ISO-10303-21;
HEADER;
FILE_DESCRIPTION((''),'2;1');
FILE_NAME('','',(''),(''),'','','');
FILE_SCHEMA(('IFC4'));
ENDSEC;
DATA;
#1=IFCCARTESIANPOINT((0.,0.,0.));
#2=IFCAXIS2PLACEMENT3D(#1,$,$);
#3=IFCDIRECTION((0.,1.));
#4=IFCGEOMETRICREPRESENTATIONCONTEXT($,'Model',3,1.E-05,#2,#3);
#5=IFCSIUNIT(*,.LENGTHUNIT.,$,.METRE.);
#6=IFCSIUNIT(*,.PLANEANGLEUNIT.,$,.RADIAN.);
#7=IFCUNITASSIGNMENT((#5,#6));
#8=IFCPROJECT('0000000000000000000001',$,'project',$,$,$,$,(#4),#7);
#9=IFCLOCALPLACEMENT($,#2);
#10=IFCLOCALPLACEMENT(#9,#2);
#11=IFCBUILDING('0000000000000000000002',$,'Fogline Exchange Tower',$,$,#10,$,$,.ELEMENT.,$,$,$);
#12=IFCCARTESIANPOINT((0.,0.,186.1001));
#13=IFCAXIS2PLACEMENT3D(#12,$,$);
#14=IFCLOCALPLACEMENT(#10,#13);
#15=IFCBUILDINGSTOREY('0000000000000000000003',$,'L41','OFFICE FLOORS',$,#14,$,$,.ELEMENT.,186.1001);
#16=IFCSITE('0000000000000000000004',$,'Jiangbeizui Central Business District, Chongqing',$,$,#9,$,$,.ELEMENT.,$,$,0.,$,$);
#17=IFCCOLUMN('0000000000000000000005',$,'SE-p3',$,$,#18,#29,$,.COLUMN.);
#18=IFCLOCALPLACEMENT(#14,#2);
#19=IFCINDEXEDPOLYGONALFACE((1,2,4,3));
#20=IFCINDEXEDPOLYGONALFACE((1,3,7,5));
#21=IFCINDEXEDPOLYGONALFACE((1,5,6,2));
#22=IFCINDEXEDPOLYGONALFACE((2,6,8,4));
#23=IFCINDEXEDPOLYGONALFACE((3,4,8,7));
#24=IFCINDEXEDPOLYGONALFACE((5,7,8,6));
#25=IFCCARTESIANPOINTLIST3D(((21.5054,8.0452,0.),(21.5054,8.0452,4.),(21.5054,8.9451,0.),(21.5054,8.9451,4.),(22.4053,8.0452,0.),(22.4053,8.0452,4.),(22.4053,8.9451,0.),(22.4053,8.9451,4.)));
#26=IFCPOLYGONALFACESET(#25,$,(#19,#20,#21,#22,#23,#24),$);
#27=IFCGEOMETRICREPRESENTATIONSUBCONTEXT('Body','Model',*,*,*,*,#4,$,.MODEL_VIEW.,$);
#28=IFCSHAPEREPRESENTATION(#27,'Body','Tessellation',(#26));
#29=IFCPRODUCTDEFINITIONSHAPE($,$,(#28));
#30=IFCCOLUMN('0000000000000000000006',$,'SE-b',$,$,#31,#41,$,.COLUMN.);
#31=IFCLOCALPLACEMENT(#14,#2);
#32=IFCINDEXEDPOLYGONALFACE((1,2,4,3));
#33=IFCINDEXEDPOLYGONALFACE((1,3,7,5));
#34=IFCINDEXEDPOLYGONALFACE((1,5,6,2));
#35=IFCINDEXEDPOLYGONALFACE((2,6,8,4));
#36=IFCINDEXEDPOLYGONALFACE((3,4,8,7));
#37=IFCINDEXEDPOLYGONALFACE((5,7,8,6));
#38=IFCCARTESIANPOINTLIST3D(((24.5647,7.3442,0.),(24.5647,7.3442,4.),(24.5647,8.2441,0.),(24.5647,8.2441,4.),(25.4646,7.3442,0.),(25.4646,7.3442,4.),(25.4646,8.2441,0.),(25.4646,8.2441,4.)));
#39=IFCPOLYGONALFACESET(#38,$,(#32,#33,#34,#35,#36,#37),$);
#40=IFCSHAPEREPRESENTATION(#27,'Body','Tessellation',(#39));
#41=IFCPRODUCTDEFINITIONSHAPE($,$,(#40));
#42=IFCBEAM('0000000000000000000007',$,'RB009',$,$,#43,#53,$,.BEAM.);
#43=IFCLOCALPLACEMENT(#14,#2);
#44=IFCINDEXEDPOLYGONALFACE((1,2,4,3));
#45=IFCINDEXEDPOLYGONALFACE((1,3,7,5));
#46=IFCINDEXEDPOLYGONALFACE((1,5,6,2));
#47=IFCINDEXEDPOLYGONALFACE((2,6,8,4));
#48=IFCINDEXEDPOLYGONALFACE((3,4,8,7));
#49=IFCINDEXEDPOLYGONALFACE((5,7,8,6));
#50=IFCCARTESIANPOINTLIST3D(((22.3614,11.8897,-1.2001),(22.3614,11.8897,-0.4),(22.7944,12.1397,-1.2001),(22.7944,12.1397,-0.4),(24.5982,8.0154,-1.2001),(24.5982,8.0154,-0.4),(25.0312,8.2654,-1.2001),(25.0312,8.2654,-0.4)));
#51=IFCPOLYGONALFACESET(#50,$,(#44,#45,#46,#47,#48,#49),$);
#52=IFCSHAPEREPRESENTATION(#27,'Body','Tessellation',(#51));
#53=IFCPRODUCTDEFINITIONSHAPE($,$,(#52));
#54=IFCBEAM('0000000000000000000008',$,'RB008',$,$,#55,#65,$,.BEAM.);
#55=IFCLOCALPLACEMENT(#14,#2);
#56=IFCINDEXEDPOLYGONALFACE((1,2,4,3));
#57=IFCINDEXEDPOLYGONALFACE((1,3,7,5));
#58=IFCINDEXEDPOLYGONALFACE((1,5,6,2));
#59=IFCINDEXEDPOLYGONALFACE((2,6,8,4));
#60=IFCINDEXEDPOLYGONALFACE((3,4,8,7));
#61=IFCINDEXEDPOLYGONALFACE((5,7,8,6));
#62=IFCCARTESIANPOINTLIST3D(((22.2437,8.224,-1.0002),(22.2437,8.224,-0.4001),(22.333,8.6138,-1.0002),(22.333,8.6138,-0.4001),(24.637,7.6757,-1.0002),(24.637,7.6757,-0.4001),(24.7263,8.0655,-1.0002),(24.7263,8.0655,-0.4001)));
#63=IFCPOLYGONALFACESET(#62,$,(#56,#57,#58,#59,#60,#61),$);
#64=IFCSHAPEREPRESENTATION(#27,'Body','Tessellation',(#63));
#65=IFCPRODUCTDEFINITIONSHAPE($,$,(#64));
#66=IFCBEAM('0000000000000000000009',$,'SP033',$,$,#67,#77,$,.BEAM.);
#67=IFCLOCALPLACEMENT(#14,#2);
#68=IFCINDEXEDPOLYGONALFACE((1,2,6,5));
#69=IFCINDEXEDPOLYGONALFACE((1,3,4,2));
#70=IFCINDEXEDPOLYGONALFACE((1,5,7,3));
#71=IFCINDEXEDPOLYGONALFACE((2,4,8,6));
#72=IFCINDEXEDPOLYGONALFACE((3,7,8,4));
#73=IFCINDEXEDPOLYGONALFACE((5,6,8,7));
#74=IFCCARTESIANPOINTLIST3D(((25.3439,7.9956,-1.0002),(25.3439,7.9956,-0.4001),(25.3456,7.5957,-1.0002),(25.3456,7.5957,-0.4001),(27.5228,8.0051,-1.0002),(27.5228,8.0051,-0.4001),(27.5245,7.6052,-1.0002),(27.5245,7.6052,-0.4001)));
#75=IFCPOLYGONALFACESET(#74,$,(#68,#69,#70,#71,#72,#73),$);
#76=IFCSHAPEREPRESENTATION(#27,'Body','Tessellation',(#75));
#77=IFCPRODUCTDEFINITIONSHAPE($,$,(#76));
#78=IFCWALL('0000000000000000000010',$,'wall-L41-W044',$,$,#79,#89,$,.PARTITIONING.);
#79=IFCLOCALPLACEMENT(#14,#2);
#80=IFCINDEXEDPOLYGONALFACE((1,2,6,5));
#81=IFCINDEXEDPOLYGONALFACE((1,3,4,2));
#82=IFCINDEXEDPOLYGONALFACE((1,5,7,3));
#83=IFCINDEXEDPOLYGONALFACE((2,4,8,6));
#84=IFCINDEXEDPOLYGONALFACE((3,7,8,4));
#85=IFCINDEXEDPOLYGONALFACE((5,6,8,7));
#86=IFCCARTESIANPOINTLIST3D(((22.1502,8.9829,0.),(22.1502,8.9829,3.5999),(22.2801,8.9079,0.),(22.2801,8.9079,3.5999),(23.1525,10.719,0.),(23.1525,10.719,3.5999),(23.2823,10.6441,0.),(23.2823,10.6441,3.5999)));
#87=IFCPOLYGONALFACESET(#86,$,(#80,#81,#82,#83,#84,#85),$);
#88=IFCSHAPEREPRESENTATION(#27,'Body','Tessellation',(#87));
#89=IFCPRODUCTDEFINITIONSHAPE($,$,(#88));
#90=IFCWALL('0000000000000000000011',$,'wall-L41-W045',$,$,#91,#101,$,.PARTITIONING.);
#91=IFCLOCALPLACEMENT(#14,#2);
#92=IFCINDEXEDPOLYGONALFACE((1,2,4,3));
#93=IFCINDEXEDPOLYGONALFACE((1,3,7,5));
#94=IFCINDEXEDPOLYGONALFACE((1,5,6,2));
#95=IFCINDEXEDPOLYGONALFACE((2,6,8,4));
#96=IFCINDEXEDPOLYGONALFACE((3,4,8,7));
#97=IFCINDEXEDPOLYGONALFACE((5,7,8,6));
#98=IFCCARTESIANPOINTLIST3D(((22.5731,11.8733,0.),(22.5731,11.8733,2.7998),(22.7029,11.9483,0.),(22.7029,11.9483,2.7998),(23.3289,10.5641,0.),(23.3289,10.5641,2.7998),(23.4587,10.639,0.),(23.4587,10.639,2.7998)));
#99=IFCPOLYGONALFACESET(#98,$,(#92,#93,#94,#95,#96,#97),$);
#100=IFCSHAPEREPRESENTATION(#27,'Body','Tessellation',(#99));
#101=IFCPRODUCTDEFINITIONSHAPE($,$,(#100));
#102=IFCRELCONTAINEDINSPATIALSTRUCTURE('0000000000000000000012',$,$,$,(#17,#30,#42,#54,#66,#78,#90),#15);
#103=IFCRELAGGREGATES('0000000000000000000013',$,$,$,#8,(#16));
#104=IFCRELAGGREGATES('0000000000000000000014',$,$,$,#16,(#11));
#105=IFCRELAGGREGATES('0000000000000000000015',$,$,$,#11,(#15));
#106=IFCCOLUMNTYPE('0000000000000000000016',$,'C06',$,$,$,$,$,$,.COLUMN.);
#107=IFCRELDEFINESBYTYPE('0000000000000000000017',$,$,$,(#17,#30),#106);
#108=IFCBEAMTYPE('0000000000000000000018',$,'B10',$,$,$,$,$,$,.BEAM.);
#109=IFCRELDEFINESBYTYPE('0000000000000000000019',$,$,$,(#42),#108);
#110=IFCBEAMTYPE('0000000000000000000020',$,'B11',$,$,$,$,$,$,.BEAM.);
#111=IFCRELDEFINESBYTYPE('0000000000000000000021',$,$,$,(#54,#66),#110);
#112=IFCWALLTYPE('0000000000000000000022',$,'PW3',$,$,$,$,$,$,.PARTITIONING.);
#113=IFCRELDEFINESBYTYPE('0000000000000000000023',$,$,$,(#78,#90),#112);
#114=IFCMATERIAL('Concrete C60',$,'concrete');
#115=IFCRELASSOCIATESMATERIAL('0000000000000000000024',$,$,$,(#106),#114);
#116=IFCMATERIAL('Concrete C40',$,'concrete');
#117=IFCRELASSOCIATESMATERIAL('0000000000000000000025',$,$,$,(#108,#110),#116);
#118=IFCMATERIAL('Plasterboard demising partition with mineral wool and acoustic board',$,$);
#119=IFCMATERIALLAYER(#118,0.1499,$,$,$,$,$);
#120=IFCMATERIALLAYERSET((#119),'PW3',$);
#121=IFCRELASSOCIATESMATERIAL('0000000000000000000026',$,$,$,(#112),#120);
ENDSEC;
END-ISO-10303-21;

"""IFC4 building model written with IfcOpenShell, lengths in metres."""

from ifc_helpers import new_model, si_unit, direction, frame, frame_2d, origin, origin_2d, place, context, subcontext, project, spatial, rectangle, extrude, material, layer, layer_set, material_profile, profile_set, type_object, element, save


model = new_model("IFC4")

# Units and contexts
model_context = context("Model", 3, precision=1e-05, world=origin(), true_north=direction((0.0, 1.0)))
body_context = subcontext(model_context, "Body", "Model", "MODEL_VIEW")
ifc_project = project(units=[si_unit("LENGTHUNIT", "METRE"), si_unit("PLANEANGLEUNIT", "RADIAN")], contexts=[model_context])

# Site, building, storey
site_placement = place(None, origin())
site = spatial("IfcSite", under=ifc_project, at=site_placement, Name="Jiangbeizui Central Business District, Chongqing", CompositionType="ELEMENT", RefElevation=0.0)
building_placement = place(site_placement, origin())
building = spatial("IfcBuilding", under=site, at=building_placement, Name="Fogline Exchange Tower", CompositionType="ELEMENT")
storey_placement = place(building_placement, frame((0.0, 0.0, 186.1001)))
storey = spatial("IfcBuildingStorey", under=building, at=storey_placement, Name="L41", Description="OFFICE FLOORS", CompositionType="ELEMENT", Elevation=186.1001)

# Columns
ifc_material_1 = material(Name="Concrete C60", Category="concrete")
ifc_material_profile_1 = material_profile(ifc_material_1, rectangle(XDim=0.8999, YDim=0.8999, at=origin_2d()), Name="RC 900x900")
ifc_profile_set_1 = profile_set([ifc_material_profile_1], Name="Concrete C60")
column_type = type_object("IfcColumnType", Name="C06", PredefinedType="COLUMN", material=ifc_profile_set_1)
for number, where, z_axis, x_axis, name in (
    (1, (21.9553, 8.4951, 0.0), (0.0, 0.0, 1.0), (1.0, 0.0, 0.0), "SE-p3"),
    (2, (25.0146, 7.7942, 0.0), (0.0, 0.0, 1.0), (1.0, 0.0, 0.0), "SE-b"),
):
    element("IfcColumn", number, at=place(storey_placement, frame(where, z_axis=z_axis, x_axis=x_axis)), inside=storey, type_object=column_type, Name=name, PredefinedType="COLUMN", context=body_context, shape_type="SweptSolid", body=[
        extrude(rectangle(XDim=0.8999, YDim=0.8999, at=origin_2d()), origin(), (0.0, 0.0, 1.0), 4.0),
    ])

# Beams
ifc_material_2 = material(Name="Concrete C40", Category="concrete")
ifc_material_profile_2 = material_profile(ifc_material_2, rectangle(XDim=0.5, YDim=0.8, at=origin_2d()), Name="RC 500x800")
ifc_profile_set_2 = profile_set([ifc_material_profile_2], Name="Concrete C40")
beam_type_1 = type_object("IfcBeamType", Name="B10", PredefinedType="BEAM", material=ifc_profile_set_2)
beam_1_placement = place(storey_placement, frame((24.8147, 8.1404, -0.8), z_axis=(-0.500001, 0.866025, 0.0), x_axis=(-0.866025, -0.500001, 0.0)))
element("IfcBeam", 3, at=beam_1_placement, inside=storey, type_object=beam_type_1, Name="RB009", PredefinedType="BEAM", context=body_context, shape_type="SweptSolid", body=[
    extrude(rectangle(XDim=0.5, YDim=0.8, at=origin_2d()), origin(), (0.0, 0.0, 1.0), 4.4736),
])
ifc_material_profile_3 = material_profile(ifc_material_2, rectangle(XDim=0.3999, YDim=0.6001, at=origin_2d()), Name="RC 400x600")
ifc_profile_set_3 = profile_set([ifc_material_profile_3], Name="Concrete C40")
beam_type_2 = type_object("IfcBeamType", Name="B11", PredefinedType="BEAM", material=ifc_profile_set_3)
beam_2_placement = place(storey_placement, frame((22.2883, 8.4189, -0.7002), z_axis=(0.974744, -0.223327, 0.0), x_axis=(0.223327, 0.974744, 0.0)))
element("IfcBeam", 4, at=beam_2_placement, inside=storey, type_object=beam_type_2, Name="RB008", PredefinedType="BEAM", context=body_context, shape_type="SweptSolid", body=[
    extrude(rectangle(XDim=0.3999, YDim=0.6001, at=origin_2d()), origin(), (0.0, 0.0, 1.0), 2.4553),
])
beam_3_placement = place(storey_placement, frame((25.3447, 7.7957, -0.7002), z_axis=(0.99999, 0.00437, 0.0), x_axis=(-0.00437, 0.99999, 0.0)))
element("IfcBeam", 5, at=beam_3_placement, inside=storey, type_object=beam_type_2, Name="SP033", PredefinedType="BEAM", context=body_context, shape_type="SweptSolid", body=[
    extrude(rectangle(XDim=0.3999, YDim=0.6001, at=origin_2d()), origin(), (0.0, 0.0, 1.0), 2.179),
])

# Walls
ifc_material_3 = material(Name="Plasterboard demising partition with mineral wool and acoustic board")
ifc_layer_1 = layer(ifc_material_3, 0.1499)
ifc_layer_set_1 = layer_set([ifc_layer_1], Name="PW3")
wall_type_1 = type_object("IfcWallType", Name="PW3", PredefinedType="PARTITIONING", material=ifc_layer_set_1)
wall_1_placement = place(storey_placement, frame((22.2151, 8.9453, 0.0), z_axis=(0.0, 0.0, 1.0), x_axis=(0.499951, 0.866054, 0.0)))
element("IfcWall", 6, at=wall_1_placement, inside=storey, type_object=wall_type_1, Name="wall-L41-W044", PredefinedType="PARTITIONING", context=body_context, shape_type="SweptSolid", body=[
    extrude(rectangle(XDim=2.0046, YDim=0.1499, at=frame_2d((1.0024, 0.0))), origin(), (0.0, 0.0, 1.0), 3.5999),
])
wall_2_placement = place(storey_placement, frame((23.3938, 10.6016, 0.0), z_axis=(0.0, 0.0, 1.0), x_axis=(-0.49996, 0.866048, 0.0)))
element("IfcWall", 7, at=wall_2_placement, inside=storey, type_object=wall_type_1, Name="wall-L41-W045", PredefinedType="PARTITIONING", context=body_context, shape_type="SweptSolid", body=[
    extrude(rectangle(XDim=1.5117, YDim=0.1499, at=frame_2d((0.7559, 0.0))), origin(), (0.0, 0.0, 1.0), 2.7998),
])

save(model, "model.ifc")
